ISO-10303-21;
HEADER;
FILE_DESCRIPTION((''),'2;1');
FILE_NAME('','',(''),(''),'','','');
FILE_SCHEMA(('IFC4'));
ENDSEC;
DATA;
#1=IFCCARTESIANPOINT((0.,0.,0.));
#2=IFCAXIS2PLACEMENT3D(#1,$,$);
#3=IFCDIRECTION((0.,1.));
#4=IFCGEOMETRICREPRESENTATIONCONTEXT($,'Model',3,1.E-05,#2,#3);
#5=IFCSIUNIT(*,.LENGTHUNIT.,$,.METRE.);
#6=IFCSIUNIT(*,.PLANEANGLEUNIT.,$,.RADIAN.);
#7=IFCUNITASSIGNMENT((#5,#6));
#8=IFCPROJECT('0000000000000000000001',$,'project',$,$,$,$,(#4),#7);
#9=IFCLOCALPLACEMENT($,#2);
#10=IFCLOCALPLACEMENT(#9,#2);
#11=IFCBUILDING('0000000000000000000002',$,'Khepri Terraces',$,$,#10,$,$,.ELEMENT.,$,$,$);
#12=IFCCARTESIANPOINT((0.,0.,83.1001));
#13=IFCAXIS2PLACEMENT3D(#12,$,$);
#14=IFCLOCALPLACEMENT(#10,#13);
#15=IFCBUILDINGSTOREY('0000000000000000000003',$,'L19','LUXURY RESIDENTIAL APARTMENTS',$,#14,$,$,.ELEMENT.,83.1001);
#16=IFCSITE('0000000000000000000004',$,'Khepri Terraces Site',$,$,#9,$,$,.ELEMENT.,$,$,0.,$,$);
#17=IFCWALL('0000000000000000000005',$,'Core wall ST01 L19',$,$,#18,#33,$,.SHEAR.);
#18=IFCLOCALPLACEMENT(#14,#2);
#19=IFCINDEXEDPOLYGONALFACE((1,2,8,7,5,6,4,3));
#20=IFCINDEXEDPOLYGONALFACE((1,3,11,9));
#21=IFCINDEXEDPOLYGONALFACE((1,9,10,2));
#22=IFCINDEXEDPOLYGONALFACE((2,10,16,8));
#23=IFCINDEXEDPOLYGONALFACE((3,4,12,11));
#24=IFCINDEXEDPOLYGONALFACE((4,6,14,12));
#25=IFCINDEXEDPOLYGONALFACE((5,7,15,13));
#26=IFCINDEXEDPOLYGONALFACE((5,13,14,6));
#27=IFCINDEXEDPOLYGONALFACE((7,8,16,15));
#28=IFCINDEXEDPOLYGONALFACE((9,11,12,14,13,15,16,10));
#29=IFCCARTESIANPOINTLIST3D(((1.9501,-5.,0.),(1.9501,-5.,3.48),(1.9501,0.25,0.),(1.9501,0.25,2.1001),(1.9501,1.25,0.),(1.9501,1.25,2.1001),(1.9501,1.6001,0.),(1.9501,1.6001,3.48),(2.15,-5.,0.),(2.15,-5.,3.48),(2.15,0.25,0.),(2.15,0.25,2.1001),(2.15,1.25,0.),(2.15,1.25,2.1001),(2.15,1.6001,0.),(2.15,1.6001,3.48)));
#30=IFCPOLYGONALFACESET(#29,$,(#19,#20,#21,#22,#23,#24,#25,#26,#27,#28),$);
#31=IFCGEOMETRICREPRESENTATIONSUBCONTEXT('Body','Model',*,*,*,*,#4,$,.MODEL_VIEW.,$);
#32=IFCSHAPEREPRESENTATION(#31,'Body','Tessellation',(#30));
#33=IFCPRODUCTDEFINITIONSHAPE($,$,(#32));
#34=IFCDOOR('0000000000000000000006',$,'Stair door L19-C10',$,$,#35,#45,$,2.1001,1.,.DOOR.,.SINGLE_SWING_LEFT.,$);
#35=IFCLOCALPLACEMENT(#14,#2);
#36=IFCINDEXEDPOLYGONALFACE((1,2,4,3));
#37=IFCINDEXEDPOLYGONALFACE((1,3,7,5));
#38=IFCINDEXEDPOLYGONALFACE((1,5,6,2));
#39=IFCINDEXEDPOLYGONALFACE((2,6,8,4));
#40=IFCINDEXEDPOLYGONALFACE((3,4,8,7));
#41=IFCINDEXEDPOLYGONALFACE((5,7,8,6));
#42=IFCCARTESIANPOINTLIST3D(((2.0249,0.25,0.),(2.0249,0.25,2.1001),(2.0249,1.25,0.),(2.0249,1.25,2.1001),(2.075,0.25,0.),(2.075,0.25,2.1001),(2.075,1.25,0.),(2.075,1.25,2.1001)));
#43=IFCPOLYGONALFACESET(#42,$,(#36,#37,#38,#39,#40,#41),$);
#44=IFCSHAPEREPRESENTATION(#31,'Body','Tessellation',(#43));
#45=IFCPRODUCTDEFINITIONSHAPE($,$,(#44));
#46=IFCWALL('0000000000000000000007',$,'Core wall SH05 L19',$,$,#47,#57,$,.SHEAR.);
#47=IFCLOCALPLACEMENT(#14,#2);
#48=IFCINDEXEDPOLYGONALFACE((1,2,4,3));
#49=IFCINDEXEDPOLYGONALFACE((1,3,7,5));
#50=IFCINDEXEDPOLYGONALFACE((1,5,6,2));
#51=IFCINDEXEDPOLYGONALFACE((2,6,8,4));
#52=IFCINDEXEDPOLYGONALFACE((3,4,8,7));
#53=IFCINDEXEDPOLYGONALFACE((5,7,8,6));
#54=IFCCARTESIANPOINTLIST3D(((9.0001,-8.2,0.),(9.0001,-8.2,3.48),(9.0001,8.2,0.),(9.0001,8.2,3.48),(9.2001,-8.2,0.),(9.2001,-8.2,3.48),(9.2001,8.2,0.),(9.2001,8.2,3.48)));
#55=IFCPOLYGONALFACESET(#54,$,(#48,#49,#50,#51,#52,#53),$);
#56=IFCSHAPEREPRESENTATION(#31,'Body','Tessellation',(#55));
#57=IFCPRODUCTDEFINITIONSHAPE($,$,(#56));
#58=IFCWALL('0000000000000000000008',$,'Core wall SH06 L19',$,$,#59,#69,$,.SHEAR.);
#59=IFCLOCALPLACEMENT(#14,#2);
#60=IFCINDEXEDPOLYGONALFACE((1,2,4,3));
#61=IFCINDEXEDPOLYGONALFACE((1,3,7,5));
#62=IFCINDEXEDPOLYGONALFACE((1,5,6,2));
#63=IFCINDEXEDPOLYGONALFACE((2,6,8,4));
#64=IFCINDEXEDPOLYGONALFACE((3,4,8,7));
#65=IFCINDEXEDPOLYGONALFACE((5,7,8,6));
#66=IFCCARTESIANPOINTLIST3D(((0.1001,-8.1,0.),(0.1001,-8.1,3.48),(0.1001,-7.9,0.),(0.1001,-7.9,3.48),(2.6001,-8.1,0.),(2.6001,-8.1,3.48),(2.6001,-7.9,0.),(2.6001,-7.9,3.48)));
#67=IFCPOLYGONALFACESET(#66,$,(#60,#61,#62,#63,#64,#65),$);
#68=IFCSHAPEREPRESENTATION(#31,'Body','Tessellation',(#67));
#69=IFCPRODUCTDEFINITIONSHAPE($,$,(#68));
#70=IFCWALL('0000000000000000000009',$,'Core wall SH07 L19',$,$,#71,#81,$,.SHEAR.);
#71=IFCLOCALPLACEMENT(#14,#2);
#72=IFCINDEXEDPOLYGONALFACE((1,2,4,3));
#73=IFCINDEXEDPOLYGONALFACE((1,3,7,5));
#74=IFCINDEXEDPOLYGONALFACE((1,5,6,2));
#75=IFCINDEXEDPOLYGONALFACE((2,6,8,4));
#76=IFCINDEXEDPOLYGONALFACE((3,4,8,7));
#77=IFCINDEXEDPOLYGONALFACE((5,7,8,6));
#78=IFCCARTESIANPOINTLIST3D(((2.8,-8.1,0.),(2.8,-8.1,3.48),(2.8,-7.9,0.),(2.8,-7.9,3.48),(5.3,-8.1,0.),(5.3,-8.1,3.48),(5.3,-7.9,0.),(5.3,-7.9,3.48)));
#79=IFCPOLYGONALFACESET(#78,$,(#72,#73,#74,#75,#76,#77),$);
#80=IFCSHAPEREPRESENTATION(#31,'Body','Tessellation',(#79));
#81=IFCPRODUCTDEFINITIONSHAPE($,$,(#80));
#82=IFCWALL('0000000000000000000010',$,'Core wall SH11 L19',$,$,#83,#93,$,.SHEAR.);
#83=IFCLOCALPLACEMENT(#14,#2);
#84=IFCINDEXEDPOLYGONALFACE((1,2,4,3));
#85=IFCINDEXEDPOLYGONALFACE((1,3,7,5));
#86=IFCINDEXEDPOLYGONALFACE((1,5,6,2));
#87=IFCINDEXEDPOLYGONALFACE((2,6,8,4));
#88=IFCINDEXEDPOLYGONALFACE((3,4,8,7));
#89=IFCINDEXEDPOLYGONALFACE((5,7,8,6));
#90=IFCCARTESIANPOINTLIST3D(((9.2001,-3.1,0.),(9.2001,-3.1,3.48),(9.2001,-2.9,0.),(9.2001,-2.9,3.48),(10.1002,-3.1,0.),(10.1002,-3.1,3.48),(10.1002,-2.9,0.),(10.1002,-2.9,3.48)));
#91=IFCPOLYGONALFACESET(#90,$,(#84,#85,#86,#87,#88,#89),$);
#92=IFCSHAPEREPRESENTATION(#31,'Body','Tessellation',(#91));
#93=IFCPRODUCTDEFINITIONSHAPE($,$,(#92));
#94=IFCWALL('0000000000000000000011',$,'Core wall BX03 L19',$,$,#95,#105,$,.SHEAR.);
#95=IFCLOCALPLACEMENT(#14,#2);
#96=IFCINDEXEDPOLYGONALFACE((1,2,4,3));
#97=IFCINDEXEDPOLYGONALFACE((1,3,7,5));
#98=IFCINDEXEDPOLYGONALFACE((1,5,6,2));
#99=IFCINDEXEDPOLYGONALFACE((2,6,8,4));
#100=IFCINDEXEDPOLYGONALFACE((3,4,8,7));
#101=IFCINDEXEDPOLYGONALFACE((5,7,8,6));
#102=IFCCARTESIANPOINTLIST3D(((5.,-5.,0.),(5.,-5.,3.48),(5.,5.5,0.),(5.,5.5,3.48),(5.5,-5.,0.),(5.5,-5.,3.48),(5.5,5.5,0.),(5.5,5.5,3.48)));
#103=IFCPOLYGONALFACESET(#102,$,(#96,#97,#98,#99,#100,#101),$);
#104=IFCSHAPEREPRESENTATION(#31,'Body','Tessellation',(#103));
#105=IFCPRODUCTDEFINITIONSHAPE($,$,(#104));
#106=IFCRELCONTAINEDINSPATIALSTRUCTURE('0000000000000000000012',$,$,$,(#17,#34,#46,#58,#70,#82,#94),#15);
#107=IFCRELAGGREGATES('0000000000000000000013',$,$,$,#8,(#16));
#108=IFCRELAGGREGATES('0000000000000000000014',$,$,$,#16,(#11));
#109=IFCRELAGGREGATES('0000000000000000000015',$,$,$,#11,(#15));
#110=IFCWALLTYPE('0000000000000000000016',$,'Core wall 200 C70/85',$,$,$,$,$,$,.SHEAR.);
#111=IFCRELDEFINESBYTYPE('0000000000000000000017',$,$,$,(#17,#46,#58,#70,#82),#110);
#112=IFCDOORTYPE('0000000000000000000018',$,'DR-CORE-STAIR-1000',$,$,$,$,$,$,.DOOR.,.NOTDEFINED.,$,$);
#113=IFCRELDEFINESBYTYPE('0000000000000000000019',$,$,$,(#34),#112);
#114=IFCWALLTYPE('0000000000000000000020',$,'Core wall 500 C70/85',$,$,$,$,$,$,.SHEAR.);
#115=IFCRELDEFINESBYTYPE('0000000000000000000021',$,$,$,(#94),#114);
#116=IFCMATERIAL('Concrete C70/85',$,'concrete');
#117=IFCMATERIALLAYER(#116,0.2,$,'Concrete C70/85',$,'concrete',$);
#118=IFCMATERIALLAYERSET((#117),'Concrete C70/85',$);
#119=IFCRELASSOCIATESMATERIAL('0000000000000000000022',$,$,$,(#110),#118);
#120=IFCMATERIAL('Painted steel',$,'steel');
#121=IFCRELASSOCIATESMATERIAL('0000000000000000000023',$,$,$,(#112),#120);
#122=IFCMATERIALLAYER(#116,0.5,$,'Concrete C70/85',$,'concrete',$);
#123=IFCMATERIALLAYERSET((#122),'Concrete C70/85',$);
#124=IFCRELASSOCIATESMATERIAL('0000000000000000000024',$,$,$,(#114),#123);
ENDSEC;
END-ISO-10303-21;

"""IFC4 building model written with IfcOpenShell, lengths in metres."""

from ifc_helpers import new_model, si_unit, direction, frame, frame_2d, origin, place, context, subcontext, project, spatial, rectangle, extrude, material, layer, layer_set, type_object, element, fill, save


model = new_model("IFC4")

# Units and contexts
model_context = context("Model", 3, precision=1e-05, world=origin(), true_north=direction((0.0, 1.0)))
body_context = subcontext(model_context, "Body", "Model", "MODEL_VIEW")
ifc_project = project(units=[si_unit("LENGTHUNIT", "METRE"), si_unit("PLANEANGLEUNIT", "RADIAN")], contexts=[model_context])

# Site, building, storey
site_placement = place(None, origin())
site = spatial("IfcSite", under=ifc_project, at=site_placement, Name="Khepri Terraces Site", CompositionType="ELEMENT", RefElevation=0.0)
building_placement = place(site_placement, origin())
building = spatial("IfcBuilding", under=site, at=building_placement, Name="Khepri Terraces", CompositionType="ELEMENT")
storey_placement = place(building_placement, frame((0.0, 0.0, 83.1001)))
storey = spatial("IfcBuildingStorey", under=building, at=storey_placement, Name="L19", Description="LUXURY RESIDENTIAL APARTMENTS", CompositionType="ELEMENT", Elevation=83.1001)

# Wall, opening, door
ifc_material_1 = material(Name="Concrete C70/85", Category="concrete")
ifc_layer_1 = layer(ifc_material_1, 0.2, Name="Concrete C70/85", Category="concrete")
ifc_layer_set_1 = layer_set([ifc_layer_1], Name="Concrete C70/85")
wall_type_1 = type_object("IfcWallType", Name="Core wall 200 C70/85", PredefinedType="SHEAR", material=ifc_layer_set_1)
wall_1_placement = place(storey_placement, frame((2.05, -5.0, 0.0), z_axis=(0.0, 0.0, 1.0), x_axis=(0.0, 1.0, 0.0)))
wall_1 = element("IfcWall", 1, at=wall_1_placement, inside=storey, type_object=wall_type_1, Name="Core wall ST01 L19", PredefinedType="SHEAR", context=body_context, shape_type="SweptSolid", body=[
    extrude(rectangle(XDim=6.6001, YDim=0.2, at=frame_2d((3.3, 0.0))), origin(), (0.0, 0.0, 1.0), 3.48),
])
opening_1_placement = place(wall_1_placement, frame((5.25, 0.0, 0.0)))
opening_1 = element("IfcOpeningElement", 2, at=opening_1_placement, cuts=wall_1, PredefinedType="OPENING", context=body_context, shape_type="SweptSolid", body=[
    extrude(rectangle(XDim=1.0, YDim=2.1001, at=frame_2d((0.5, 1.05))), frame((0.0, 0.1099, 0.0), z_axis=(0.0, -1.0, 0.0), x_axis=(1.0, 0.0, 0.0)), (0.0, 0.0, 1.0), 0.22),
])
ifc_material_2 = material(Name="Painted steel", Category="steel")
door_type_1 = type_object("IfcDoorType", Name="DR-CORE-STAIR-1000", OperationType="NOTDEFINED", PredefinedType="DOOR", material=ifc_material_2)
door_1_placement = place(opening_1_placement, frame((1.0, 0.0, 0.0), z_axis=(0.0, 0.0, 1.0), x_axis=(-1.0, 0.0, 0.0)))
door_1 = element("IfcDoor", 3, at=door_1_placement, inside=storey, type_object=door_type_1, Name="Stair door L19-C10", OperationType="SINGLE_SWING_LEFT", OverallHeight=2.1001, OverallWidth=1.0, PredefinedType="DOOR", context=body_context, shape_type="SweptSolid", body=[
    extrude(rectangle(XDim=1.0, YDim=2.1001, at=frame_2d((0.5, 1.05))), frame((0.0, 0.0249, 0.0), z_axis=(0.0, -1.0, 0.0), x_axis=(1.0, 0.0, 0.0)), (0.0, 0.0, 1.0), 0.05),
])
fill(opening_1, door_1)

# Walls
wall_2_placement = place(storey_placement, frame((9.1001, -8.2, 0.0), z_axis=(0.0, 0.0, 1.0), x_axis=(0.0, 1.0, 0.0)))
element("IfcWall", 4, at=wall_2_placement, inside=storey, type_object=wall_type_1, Name="Core wall SH05 L19", PredefinedType="SHEAR", context=body_context, shape_type="SweptSolid", body=[
    extrude(rectangle(XDim=16.3999, YDim=0.2, at=frame_2d((8.2, 0.0))), origin(), (0.0, 0.0, 1.0), 3.48),
])
for number, where, z_axis, x_axis, name in (
    (5, (0.1001, -8.0, 0.0), (0.0, 0.0, 1.0), (1.0, 0.0, 0.0), "Core wall SH06 L19"),
    (6, (2.8, -8.0, 0.0), (0.0, 0.0, 1.0), (1.0, 0.0, 0.0), "Core wall SH07 L19"),
):
    element("IfcWall", number, at=place(storey_placement, frame(where, z_axis=z_axis, x_axis=x_axis)), inside=storey, type_object=wall_type_1, Name=name, PredefinedType="SHEAR", context=body_context, shape_type="SweptSolid", body=[
        extrude(rectangle(XDim=2.5, YDim=0.2, at=frame_2d((1.25, 0.0))), origin(), (0.0, 0.0, 1.0), 3.48),
    ])
wall_3_placement = place(storey_placement, frame((9.2, -3.0, 0.0), z_axis=(0.0, 0.0, 1.0), x_axis=(1.0, 0.0, 0.0)))
element("IfcWall", 7, at=wall_3_placement, inside=storey, type_object=wall_type_1, Name="Core wall SH11 L19", PredefinedType="SHEAR", context=body_context, shape_type="SweptSolid", body=[
    extrude(rectangle(XDim=0.9001, YDim=0.2, at=frame_2d((0.4502, 0.0))), origin(), (0.0, 0.0, 1.0), 3.48),
])
ifc_layer_2 = layer(ifc_material_1, 0.5, Name="Concrete C70/85", Category="concrete")
ifc_layer_set_2 = layer_set([ifc_layer_2], Name="Concrete C70/85")
wall_type_2 = type_object("IfcWallType", Name="Core wall 500 C70/85", PredefinedType="SHEAR", material=ifc_layer_set_2)
wall_4_placement = place(storey_placement, frame((5.25, -5.0, 0.0), z_axis=(0.0, 0.0, 1.0), x_axis=(0.0, 1.0, 0.0)))
element("IfcWall", 8, at=wall_4_placement, inside=storey, type_object=wall_type_2, Name="Core wall BX03 L19", PredefinedType="SHEAR", context=body_context, shape_type="SweptSolid", body=[
    extrude(rectangle(XDim=10.5, YDim=0.5, at=frame_2d((5.25, 0.0))), origin(), (0.0, 0.0, 1.0), 3.48),
])

save(model, "model.ifc")
